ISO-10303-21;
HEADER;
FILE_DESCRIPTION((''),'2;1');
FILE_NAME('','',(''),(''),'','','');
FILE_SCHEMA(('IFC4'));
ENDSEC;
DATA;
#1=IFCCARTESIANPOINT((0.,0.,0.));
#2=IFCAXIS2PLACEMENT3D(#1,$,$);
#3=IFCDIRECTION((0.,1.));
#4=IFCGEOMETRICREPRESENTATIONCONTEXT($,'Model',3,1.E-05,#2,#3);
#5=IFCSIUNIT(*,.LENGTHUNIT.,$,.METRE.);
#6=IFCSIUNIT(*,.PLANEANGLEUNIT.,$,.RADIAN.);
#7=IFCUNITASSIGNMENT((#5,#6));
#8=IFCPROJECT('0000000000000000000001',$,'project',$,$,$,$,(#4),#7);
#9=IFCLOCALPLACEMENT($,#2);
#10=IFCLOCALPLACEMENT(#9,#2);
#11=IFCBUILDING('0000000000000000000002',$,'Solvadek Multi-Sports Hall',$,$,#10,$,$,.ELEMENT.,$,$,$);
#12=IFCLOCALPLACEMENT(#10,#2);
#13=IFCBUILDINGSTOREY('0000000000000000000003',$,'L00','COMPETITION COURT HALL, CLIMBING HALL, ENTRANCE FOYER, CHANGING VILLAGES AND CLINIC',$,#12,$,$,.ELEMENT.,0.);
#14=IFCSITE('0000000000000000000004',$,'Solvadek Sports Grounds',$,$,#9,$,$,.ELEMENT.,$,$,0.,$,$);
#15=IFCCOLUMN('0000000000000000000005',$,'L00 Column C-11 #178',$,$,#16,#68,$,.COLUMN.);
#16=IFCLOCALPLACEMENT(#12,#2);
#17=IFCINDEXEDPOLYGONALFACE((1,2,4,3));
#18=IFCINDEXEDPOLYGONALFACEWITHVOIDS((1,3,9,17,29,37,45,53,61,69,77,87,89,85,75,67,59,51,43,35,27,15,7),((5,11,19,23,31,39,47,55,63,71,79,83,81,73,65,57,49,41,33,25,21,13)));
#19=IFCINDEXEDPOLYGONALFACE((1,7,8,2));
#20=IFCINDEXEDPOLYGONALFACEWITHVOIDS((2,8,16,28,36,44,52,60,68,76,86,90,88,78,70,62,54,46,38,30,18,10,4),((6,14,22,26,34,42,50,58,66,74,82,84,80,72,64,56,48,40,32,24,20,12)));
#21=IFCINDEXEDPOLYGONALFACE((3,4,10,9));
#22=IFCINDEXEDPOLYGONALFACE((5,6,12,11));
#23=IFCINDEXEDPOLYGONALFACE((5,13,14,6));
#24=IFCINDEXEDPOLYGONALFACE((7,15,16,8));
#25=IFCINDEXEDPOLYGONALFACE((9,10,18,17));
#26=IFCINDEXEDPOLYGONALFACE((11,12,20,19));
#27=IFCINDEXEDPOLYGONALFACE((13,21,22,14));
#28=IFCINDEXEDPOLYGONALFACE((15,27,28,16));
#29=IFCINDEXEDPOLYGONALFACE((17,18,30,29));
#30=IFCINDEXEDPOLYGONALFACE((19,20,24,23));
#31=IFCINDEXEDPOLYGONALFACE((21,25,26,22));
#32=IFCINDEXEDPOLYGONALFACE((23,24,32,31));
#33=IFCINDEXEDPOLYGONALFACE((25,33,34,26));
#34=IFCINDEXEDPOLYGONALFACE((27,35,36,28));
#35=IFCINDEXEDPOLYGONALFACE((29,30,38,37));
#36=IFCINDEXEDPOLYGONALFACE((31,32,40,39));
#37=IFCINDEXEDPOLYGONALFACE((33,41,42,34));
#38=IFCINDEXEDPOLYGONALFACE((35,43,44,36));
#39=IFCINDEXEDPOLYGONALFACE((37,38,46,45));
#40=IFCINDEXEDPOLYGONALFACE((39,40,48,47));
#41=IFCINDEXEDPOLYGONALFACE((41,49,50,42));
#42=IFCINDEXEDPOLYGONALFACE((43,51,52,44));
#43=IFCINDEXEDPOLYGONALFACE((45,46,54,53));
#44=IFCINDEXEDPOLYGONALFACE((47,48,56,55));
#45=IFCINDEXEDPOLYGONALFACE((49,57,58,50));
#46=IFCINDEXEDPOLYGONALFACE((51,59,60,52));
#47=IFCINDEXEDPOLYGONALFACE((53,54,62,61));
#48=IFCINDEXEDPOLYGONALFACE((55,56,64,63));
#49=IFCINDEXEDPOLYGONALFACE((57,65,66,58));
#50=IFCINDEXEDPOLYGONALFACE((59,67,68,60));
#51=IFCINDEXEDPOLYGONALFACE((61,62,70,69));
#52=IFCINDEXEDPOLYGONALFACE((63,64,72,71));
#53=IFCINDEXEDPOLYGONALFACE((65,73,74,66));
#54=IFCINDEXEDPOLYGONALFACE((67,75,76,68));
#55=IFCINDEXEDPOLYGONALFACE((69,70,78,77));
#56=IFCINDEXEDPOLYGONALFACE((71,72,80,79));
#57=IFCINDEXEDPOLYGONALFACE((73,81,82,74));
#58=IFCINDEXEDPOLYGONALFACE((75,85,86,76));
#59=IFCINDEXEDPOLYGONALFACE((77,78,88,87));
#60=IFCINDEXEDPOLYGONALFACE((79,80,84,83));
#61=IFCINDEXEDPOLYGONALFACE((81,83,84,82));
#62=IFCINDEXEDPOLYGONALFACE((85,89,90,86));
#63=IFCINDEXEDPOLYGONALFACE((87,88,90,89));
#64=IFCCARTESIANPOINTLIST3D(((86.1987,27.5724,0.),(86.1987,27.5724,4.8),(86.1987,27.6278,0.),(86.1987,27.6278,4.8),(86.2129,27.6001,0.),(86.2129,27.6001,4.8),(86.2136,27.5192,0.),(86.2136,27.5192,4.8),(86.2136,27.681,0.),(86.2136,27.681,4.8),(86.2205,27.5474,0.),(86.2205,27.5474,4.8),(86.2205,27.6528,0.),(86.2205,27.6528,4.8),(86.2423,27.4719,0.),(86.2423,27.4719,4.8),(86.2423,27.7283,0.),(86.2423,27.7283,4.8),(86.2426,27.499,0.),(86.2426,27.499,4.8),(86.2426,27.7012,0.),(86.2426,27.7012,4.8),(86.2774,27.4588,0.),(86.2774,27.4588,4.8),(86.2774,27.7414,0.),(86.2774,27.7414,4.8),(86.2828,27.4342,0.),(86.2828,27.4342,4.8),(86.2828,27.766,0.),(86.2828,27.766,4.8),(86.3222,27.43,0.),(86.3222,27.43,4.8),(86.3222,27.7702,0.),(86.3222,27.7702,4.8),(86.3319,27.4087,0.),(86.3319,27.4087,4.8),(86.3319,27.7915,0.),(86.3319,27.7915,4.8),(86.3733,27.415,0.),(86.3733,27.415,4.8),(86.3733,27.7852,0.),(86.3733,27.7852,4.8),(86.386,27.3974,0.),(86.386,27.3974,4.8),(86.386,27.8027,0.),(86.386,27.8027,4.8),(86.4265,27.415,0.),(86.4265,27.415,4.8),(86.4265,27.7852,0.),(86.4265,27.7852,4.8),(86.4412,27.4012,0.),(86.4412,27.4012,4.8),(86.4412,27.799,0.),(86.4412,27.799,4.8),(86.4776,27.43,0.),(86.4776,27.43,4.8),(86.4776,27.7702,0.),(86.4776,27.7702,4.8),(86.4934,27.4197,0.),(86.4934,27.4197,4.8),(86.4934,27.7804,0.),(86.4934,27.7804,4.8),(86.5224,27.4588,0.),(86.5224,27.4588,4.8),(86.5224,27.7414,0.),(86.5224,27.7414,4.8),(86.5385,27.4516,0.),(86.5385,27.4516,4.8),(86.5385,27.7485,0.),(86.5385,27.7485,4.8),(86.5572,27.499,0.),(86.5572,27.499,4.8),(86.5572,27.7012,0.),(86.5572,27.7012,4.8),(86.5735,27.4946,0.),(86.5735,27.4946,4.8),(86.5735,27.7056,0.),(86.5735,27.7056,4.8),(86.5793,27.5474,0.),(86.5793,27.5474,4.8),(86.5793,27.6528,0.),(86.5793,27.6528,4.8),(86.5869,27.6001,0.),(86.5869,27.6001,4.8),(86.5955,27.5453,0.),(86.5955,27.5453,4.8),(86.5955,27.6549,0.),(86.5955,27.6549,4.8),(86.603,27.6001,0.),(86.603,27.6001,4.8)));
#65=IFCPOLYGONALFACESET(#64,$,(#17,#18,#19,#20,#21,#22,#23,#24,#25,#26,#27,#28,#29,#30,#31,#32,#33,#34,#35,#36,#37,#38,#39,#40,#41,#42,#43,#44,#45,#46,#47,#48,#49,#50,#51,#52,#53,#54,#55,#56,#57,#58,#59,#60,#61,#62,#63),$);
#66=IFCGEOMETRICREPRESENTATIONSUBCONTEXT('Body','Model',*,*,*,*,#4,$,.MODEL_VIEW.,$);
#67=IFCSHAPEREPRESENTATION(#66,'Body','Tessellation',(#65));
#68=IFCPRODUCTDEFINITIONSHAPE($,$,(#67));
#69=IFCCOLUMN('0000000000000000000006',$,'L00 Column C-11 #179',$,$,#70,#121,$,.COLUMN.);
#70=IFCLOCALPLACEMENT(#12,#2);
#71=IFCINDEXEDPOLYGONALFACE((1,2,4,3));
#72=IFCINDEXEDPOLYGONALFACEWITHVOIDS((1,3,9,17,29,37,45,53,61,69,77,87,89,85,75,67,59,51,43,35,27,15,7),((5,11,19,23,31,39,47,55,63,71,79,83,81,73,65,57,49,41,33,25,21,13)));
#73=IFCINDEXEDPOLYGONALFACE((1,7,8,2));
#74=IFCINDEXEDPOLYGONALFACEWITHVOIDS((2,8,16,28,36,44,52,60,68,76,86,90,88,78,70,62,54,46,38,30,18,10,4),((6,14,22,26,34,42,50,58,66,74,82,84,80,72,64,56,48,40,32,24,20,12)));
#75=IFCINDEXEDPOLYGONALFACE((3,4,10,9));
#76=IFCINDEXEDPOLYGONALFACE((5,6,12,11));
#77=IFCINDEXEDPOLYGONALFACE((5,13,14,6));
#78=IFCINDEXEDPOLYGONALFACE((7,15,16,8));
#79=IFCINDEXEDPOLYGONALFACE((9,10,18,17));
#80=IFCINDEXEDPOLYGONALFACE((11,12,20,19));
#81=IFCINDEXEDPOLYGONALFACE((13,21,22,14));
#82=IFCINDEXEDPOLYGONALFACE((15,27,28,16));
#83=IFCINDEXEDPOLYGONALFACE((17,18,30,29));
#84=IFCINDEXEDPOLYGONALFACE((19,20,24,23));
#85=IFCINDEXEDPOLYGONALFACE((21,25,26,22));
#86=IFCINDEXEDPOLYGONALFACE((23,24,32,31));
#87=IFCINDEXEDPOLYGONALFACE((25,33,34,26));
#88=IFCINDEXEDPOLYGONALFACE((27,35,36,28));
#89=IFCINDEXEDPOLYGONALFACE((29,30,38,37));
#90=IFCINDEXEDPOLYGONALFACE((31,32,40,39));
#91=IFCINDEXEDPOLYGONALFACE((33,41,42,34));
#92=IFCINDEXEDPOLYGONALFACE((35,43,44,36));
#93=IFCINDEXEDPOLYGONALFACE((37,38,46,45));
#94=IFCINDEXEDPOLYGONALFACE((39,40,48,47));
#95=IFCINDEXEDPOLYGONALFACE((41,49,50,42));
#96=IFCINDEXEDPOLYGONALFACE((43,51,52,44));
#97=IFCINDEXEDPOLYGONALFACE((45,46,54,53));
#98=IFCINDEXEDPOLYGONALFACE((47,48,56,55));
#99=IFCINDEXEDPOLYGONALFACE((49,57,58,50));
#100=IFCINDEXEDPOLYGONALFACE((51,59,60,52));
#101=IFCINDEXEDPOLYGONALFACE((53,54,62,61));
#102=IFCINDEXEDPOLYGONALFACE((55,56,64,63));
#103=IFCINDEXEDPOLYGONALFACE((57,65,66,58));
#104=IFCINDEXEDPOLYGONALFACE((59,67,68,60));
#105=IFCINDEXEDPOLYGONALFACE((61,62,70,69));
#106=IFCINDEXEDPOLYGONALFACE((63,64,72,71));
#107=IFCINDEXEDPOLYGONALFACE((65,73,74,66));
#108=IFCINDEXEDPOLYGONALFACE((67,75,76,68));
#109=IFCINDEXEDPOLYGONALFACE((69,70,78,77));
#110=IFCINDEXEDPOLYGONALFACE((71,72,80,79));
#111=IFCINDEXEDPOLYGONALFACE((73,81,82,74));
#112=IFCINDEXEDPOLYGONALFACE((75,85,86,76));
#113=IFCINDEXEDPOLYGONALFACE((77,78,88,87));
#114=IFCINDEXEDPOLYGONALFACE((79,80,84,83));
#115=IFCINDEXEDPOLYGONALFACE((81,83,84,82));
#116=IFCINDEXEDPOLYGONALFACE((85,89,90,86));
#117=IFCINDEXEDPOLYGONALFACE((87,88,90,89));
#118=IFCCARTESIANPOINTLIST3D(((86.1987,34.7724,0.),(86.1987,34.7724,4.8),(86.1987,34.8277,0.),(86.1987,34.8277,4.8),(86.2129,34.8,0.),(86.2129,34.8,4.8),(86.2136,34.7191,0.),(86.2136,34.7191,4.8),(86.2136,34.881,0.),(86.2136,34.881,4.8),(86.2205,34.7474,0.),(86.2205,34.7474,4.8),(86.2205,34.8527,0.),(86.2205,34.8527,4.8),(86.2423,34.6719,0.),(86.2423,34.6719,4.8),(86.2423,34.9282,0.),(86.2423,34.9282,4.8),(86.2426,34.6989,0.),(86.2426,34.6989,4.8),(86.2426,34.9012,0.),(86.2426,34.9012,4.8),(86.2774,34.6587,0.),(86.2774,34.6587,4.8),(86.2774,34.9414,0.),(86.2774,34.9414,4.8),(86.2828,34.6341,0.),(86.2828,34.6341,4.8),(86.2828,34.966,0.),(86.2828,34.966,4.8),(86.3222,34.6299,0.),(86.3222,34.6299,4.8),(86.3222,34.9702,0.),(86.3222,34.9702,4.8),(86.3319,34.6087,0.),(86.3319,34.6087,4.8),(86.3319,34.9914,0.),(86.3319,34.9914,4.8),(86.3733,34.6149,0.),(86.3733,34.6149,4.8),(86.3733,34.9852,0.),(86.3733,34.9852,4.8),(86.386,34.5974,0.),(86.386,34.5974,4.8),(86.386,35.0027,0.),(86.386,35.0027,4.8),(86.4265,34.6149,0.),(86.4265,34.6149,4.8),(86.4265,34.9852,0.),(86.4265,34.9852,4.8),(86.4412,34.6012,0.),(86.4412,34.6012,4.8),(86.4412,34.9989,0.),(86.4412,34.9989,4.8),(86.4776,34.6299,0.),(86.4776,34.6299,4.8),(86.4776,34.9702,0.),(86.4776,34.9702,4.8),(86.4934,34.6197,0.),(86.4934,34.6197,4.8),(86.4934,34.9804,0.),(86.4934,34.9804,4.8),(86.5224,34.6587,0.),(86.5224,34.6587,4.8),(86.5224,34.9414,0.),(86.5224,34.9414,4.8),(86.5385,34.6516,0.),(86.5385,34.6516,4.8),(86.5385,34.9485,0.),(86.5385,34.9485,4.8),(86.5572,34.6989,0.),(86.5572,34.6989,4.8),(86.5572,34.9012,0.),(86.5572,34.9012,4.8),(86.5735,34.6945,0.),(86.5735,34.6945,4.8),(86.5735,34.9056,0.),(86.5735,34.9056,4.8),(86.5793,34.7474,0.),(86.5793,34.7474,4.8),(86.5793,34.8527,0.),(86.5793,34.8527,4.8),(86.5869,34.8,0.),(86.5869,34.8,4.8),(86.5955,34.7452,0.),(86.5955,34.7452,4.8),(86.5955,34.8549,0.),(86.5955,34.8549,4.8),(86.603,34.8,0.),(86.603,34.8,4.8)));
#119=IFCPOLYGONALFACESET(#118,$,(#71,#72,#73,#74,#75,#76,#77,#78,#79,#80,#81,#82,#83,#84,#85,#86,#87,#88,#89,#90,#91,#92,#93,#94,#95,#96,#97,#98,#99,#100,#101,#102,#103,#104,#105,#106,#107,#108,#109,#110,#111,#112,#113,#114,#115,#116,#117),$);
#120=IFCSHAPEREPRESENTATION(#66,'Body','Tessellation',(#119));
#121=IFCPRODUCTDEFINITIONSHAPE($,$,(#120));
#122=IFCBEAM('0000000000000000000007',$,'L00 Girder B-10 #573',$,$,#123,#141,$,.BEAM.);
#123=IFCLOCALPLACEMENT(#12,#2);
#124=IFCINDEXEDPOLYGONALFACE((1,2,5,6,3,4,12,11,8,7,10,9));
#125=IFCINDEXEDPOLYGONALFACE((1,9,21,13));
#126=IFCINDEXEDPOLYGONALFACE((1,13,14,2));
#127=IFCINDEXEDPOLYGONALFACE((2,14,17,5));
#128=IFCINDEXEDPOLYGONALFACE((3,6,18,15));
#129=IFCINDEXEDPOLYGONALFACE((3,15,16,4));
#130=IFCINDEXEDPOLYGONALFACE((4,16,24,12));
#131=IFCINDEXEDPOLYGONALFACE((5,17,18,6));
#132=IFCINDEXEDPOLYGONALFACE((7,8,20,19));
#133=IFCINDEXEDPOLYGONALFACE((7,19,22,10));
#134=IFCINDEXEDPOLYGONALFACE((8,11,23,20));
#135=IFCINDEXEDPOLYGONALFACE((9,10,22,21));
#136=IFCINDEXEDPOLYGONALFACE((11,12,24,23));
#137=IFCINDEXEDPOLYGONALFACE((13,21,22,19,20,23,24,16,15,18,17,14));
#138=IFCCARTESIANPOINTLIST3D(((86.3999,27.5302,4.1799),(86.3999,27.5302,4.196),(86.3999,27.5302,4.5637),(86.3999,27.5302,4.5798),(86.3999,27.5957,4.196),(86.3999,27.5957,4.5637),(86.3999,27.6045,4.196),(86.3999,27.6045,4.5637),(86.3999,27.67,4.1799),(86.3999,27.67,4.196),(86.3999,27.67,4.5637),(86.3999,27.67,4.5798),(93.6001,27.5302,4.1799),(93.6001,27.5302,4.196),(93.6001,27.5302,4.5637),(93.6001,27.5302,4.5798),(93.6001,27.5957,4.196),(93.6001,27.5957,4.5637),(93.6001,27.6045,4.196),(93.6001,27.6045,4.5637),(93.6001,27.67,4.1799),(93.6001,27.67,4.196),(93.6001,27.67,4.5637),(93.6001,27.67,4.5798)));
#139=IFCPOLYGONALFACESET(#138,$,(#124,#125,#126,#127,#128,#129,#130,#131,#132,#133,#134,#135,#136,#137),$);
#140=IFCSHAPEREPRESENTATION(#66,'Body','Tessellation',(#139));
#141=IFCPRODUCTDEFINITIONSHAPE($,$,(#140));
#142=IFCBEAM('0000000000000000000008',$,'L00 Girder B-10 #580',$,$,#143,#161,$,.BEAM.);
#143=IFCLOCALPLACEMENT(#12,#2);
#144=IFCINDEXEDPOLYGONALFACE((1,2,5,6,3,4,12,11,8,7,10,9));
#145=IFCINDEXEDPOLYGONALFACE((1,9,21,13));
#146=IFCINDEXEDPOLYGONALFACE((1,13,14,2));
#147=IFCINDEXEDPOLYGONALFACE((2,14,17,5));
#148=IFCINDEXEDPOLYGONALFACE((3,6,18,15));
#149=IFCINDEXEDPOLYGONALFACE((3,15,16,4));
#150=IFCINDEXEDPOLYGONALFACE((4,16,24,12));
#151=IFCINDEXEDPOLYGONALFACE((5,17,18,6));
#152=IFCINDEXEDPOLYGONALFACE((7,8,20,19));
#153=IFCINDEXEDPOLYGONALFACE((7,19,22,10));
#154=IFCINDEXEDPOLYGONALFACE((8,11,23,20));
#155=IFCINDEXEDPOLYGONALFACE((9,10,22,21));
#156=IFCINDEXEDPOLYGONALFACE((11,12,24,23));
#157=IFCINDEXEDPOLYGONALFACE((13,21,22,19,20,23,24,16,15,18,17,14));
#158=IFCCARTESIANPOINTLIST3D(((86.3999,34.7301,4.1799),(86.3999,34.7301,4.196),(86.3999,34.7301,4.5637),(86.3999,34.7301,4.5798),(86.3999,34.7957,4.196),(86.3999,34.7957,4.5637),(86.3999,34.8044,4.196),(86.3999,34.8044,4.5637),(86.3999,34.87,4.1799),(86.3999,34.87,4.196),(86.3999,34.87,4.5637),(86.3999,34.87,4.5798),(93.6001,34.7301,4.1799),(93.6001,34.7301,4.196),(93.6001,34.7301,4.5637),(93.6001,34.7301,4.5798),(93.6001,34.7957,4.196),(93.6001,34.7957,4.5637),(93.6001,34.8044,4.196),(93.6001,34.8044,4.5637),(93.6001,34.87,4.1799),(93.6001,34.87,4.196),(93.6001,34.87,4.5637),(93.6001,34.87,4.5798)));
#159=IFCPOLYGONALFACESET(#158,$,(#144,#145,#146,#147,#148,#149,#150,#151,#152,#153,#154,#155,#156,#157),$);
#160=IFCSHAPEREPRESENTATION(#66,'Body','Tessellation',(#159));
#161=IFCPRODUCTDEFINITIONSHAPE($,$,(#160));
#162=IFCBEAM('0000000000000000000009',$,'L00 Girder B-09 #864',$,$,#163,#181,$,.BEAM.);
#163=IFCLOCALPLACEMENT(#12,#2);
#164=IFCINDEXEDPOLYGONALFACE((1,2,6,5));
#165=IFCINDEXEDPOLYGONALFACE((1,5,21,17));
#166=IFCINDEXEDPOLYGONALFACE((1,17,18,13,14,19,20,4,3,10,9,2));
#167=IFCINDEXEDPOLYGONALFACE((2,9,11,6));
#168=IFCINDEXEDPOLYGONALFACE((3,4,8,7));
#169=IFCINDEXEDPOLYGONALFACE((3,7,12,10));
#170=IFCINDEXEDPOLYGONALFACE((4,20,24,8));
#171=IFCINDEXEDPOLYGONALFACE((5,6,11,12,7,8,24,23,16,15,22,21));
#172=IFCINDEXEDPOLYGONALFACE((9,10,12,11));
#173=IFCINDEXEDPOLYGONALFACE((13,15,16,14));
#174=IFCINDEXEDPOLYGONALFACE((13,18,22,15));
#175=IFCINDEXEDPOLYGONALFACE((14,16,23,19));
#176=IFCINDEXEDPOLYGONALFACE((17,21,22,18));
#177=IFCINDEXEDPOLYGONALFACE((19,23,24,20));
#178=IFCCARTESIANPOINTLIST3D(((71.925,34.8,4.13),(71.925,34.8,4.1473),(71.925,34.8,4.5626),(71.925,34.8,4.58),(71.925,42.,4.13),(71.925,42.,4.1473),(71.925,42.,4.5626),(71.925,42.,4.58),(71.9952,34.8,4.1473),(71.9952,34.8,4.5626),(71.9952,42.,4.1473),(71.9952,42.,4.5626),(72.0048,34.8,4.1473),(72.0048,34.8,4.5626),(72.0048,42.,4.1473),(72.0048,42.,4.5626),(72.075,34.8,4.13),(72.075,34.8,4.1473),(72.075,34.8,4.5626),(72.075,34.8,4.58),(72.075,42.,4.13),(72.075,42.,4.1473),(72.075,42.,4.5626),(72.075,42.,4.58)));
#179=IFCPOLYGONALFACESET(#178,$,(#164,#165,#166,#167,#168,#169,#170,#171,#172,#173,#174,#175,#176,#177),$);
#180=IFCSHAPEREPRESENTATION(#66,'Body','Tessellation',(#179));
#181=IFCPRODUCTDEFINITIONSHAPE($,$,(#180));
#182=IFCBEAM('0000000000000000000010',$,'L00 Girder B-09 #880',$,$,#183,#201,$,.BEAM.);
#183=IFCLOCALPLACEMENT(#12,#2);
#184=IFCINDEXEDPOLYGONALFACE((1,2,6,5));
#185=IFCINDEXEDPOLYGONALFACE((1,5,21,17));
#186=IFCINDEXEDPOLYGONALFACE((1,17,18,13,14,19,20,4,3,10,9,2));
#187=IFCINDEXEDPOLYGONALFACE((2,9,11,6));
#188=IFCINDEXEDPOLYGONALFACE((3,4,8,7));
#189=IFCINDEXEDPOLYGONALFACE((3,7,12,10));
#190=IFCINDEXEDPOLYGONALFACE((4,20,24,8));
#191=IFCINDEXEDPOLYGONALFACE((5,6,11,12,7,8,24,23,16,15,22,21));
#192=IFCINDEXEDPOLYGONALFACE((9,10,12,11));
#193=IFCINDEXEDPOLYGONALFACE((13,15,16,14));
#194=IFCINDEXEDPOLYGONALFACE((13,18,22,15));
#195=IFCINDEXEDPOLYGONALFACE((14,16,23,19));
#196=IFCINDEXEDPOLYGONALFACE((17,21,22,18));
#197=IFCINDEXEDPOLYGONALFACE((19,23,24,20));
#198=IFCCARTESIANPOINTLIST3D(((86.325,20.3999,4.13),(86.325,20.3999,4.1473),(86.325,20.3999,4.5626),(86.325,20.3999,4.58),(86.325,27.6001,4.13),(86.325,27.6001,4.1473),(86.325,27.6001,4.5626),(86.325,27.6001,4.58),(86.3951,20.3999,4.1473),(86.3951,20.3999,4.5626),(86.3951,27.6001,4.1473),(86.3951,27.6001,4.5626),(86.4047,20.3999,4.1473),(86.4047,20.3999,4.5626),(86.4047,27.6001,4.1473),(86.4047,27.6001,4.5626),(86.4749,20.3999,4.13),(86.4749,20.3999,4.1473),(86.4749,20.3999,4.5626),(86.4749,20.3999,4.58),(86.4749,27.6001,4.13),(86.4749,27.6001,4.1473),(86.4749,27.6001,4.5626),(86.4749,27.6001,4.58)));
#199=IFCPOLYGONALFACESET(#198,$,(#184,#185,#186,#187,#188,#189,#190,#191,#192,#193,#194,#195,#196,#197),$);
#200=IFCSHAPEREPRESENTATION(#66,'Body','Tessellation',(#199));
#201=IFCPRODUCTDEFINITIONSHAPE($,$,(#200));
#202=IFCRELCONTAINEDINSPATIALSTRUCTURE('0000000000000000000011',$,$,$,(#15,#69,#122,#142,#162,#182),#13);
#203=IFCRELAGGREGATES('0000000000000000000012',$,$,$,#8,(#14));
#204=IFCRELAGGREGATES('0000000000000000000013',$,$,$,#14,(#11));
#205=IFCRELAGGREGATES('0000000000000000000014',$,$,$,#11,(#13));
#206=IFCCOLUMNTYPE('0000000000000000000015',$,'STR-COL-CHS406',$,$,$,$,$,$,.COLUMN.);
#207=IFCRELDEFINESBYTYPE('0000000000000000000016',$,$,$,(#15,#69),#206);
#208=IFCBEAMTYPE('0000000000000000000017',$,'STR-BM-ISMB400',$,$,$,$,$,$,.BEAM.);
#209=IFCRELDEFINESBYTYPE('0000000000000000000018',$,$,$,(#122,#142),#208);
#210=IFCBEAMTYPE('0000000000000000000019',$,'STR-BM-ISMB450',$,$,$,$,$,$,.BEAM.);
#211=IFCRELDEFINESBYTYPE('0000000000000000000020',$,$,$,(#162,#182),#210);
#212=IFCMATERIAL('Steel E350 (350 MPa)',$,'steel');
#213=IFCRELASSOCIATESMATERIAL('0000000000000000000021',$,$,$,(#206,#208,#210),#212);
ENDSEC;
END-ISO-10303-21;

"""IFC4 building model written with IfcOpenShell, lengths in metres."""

from ifc_helpers import new_model, si_unit, direction, frame, origin, origin_2d, place, context, subcontext, project, spatial, hollow_circle, i_section, extrude, material, material_profile, profile_set, type_object, element, save


model = new_model("IFC4")

# Units and contexts
model_context = context("Model", 3, precision=1e-05, world=origin(), true_north=direction((0.0, 1.0)))
body_context = subcontext(model_context, "Body", "Model", "MODEL_VIEW")
ifc_project = project(units=[si_unit("LENGTHUNIT", "METRE"), si_unit("PLANEANGLEUNIT", "RADIAN")], contexts=[model_context])

# Site, building, storey
site_placement = place(None, origin())
site = spatial("IfcSite", under=ifc_project, at=site_placement, Name="Solvadek Sports Grounds", CompositionType="ELEMENT", RefElevation=0.0)
building_placement = place(site_placement, origin())
building = spatial("IfcBuilding", under=site, at=building_placement, Name="Solvadek Multi-Sports Hall", CompositionType="ELEMENT")
storey_placement = place(building_placement, origin())
storey = spatial("IfcBuildingStorey", under=building, at=storey_placement, Name="L00", Description="COMPETITION COURT HALL, CLIMBING HALL, ENTRANCE FOYER, CHANGING VILLAGES AND CLINIC", CompositionType="ELEMENT", Elevation=0.0)

# Columns
ifc_material_1 = material(Name="Steel E350 (350 MPa)", Category="steel")
ifc_material_profile_1 = material_profile(ifc_material_1, hollow_circle(Radius=0.2031, WallThickness=0.0161, at=origin_2d()), Name="CHS 406.4x16")
ifc_profile_set_1 = profile_set([ifc_material_profile_1], Name="Steel E350 (350 MPa)")
column_type = type_object("IfcColumnType", Name="STR-COL-CHS406", PredefinedType="COLUMN", material=ifc_profile_set_1)
for number, where, z_axis, x_axis, name in (
    (1, (86.3999, 27.6001, 0.0), (0.0, 0.0, 1.0), (1.0, 0.0, 0.0), "L00 Column C-11 #178"),
    (2, (86.3999, 34.8, 0.0), (0.0, 0.0, 1.0), (1.0, 0.0, 0.0), "L00 Column C-11 #179"),
):
    element("IfcColumn", number, at=place(storey_placement, frame(where, z_axis=z_axis, x_axis=x_axis)), inside=storey, type_object=column_type, Name=name, PredefinedType="COLUMN", context=body_context, shape_type="SweptSolid", body=[
        extrude(hollow_circle(Radius=0.2031, WallThickness=0.0161, at=origin_2d()), origin(), (0.0, 0.0, 1.0), 4.8),
    ])

# Beams
ifc_material_profile_2 = material_profile(ifc_material_1, i_section(OverallWidth=0.1399, OverallDepth=0.3999, WebThickness=0.0088, FlangeThickness=0.0161, at=origin_2d()), Name="ISMB 400")
ifc_profile_set_2 = profile_set([ifc_material_profile_2], Name="Steel E350 (350 MPa)")
beam_type_1 = type_object("IfcBeamType", Name="STR-BM-ISMB400", PredefinedType="BEAM", material=ifc_profile_set_2)
for number, where, z_axis, x_axis, name in (
    (3, (86.3999, 27.6001, 4.3799), (1.0, 0.0, 0.0), (0.0, 1.0, 0.0), "L00 Girder B-10 #573"),
    (4, (86.3999, 34.8, 4.3799), (1.0, 0.0, 0.0), (0.0, 1.0, 0.0), "L00 Girder B-10 #580"),
):
    element("IfcBeam", number, at=place(storey_placement, frame(where, z_axis=z_axis, x_axis=x_axis)), inside=storey, type_object=beam_type_1, Name=name, PredefinedType="BEAM", context=body_context, shape_type="SweptSolid", body=[
        extrude(i_section(OverallWidth=0.1399, OverallDepth=0.3999, WebThickness=0.0088, FlangeThickness=0.0161, at=origin_2d()), origin(), (0.0, 0.0, 1.0), 7.2002),
    ])
ifc_material_profile_3 = material_profile(ifc_material_1, i_section(OverallWidth=0.1499, OverallDepth=0.45, WebThickness=0.0095, FlangeThickness=0.0173, at=origin_2d()), Name="ISMB 450")
ifc_profile_set_3 = profile_set([ifc_material_profile_3], Name="Steel E350 (350 MPa)")
beam_type_2 = type_object("IfcBeamType", Name="STR-BM-ISMB450", PredefinedType="BEAM", material=ifc_profile_set_3)
beam_1_placement = place(storey_placement, frame((72.0, 34.8, 4.355), z_axis=(0.0, 1.0, 0.0), x_axis=(-1.0, 0.0, 0.0)))
element("IfcBeam", 5, at=beam_1_placement, inside=storey, type_object=beam_type_2, Name="L00 Girder B-09 #864", PredefinedType="BEAM", context=body_context, shape_type="SweptSolid", body=[
    extrude(i_section(OverallWidth=0.1499, OverallDepth=0.45, WebThickness=0.0095, FlangeThickness=0.0173, at=origin_2d()), origin(), (0.0, 0.0, 1.0), 7.2),
])
beam_2_placement = place(storey_placement, frame((86.3999, 20.3999, 4.355), z_axis=(0.0, 1.0, 0.0), x_axis=(-1.0, 0.0, 0.0)))
element("IfcBeam", 6, at=beam_2_placement, inside=storey, type_object=beam_type_2, Name="L00 Girder B-09 #880", PredefinedType="BEAM", context=body_context, shape_type="SweptSolid", body=[
    extrude(i_section(OverallWidth=0.1499, OverallDepth=0.45, WebThickness=0.0095, FlangeThickness=0.0173, at=origin_2d()), origin(), (0.0, 0.0, 1.0), 7.2002),
])

save(model, "model.ifc")
